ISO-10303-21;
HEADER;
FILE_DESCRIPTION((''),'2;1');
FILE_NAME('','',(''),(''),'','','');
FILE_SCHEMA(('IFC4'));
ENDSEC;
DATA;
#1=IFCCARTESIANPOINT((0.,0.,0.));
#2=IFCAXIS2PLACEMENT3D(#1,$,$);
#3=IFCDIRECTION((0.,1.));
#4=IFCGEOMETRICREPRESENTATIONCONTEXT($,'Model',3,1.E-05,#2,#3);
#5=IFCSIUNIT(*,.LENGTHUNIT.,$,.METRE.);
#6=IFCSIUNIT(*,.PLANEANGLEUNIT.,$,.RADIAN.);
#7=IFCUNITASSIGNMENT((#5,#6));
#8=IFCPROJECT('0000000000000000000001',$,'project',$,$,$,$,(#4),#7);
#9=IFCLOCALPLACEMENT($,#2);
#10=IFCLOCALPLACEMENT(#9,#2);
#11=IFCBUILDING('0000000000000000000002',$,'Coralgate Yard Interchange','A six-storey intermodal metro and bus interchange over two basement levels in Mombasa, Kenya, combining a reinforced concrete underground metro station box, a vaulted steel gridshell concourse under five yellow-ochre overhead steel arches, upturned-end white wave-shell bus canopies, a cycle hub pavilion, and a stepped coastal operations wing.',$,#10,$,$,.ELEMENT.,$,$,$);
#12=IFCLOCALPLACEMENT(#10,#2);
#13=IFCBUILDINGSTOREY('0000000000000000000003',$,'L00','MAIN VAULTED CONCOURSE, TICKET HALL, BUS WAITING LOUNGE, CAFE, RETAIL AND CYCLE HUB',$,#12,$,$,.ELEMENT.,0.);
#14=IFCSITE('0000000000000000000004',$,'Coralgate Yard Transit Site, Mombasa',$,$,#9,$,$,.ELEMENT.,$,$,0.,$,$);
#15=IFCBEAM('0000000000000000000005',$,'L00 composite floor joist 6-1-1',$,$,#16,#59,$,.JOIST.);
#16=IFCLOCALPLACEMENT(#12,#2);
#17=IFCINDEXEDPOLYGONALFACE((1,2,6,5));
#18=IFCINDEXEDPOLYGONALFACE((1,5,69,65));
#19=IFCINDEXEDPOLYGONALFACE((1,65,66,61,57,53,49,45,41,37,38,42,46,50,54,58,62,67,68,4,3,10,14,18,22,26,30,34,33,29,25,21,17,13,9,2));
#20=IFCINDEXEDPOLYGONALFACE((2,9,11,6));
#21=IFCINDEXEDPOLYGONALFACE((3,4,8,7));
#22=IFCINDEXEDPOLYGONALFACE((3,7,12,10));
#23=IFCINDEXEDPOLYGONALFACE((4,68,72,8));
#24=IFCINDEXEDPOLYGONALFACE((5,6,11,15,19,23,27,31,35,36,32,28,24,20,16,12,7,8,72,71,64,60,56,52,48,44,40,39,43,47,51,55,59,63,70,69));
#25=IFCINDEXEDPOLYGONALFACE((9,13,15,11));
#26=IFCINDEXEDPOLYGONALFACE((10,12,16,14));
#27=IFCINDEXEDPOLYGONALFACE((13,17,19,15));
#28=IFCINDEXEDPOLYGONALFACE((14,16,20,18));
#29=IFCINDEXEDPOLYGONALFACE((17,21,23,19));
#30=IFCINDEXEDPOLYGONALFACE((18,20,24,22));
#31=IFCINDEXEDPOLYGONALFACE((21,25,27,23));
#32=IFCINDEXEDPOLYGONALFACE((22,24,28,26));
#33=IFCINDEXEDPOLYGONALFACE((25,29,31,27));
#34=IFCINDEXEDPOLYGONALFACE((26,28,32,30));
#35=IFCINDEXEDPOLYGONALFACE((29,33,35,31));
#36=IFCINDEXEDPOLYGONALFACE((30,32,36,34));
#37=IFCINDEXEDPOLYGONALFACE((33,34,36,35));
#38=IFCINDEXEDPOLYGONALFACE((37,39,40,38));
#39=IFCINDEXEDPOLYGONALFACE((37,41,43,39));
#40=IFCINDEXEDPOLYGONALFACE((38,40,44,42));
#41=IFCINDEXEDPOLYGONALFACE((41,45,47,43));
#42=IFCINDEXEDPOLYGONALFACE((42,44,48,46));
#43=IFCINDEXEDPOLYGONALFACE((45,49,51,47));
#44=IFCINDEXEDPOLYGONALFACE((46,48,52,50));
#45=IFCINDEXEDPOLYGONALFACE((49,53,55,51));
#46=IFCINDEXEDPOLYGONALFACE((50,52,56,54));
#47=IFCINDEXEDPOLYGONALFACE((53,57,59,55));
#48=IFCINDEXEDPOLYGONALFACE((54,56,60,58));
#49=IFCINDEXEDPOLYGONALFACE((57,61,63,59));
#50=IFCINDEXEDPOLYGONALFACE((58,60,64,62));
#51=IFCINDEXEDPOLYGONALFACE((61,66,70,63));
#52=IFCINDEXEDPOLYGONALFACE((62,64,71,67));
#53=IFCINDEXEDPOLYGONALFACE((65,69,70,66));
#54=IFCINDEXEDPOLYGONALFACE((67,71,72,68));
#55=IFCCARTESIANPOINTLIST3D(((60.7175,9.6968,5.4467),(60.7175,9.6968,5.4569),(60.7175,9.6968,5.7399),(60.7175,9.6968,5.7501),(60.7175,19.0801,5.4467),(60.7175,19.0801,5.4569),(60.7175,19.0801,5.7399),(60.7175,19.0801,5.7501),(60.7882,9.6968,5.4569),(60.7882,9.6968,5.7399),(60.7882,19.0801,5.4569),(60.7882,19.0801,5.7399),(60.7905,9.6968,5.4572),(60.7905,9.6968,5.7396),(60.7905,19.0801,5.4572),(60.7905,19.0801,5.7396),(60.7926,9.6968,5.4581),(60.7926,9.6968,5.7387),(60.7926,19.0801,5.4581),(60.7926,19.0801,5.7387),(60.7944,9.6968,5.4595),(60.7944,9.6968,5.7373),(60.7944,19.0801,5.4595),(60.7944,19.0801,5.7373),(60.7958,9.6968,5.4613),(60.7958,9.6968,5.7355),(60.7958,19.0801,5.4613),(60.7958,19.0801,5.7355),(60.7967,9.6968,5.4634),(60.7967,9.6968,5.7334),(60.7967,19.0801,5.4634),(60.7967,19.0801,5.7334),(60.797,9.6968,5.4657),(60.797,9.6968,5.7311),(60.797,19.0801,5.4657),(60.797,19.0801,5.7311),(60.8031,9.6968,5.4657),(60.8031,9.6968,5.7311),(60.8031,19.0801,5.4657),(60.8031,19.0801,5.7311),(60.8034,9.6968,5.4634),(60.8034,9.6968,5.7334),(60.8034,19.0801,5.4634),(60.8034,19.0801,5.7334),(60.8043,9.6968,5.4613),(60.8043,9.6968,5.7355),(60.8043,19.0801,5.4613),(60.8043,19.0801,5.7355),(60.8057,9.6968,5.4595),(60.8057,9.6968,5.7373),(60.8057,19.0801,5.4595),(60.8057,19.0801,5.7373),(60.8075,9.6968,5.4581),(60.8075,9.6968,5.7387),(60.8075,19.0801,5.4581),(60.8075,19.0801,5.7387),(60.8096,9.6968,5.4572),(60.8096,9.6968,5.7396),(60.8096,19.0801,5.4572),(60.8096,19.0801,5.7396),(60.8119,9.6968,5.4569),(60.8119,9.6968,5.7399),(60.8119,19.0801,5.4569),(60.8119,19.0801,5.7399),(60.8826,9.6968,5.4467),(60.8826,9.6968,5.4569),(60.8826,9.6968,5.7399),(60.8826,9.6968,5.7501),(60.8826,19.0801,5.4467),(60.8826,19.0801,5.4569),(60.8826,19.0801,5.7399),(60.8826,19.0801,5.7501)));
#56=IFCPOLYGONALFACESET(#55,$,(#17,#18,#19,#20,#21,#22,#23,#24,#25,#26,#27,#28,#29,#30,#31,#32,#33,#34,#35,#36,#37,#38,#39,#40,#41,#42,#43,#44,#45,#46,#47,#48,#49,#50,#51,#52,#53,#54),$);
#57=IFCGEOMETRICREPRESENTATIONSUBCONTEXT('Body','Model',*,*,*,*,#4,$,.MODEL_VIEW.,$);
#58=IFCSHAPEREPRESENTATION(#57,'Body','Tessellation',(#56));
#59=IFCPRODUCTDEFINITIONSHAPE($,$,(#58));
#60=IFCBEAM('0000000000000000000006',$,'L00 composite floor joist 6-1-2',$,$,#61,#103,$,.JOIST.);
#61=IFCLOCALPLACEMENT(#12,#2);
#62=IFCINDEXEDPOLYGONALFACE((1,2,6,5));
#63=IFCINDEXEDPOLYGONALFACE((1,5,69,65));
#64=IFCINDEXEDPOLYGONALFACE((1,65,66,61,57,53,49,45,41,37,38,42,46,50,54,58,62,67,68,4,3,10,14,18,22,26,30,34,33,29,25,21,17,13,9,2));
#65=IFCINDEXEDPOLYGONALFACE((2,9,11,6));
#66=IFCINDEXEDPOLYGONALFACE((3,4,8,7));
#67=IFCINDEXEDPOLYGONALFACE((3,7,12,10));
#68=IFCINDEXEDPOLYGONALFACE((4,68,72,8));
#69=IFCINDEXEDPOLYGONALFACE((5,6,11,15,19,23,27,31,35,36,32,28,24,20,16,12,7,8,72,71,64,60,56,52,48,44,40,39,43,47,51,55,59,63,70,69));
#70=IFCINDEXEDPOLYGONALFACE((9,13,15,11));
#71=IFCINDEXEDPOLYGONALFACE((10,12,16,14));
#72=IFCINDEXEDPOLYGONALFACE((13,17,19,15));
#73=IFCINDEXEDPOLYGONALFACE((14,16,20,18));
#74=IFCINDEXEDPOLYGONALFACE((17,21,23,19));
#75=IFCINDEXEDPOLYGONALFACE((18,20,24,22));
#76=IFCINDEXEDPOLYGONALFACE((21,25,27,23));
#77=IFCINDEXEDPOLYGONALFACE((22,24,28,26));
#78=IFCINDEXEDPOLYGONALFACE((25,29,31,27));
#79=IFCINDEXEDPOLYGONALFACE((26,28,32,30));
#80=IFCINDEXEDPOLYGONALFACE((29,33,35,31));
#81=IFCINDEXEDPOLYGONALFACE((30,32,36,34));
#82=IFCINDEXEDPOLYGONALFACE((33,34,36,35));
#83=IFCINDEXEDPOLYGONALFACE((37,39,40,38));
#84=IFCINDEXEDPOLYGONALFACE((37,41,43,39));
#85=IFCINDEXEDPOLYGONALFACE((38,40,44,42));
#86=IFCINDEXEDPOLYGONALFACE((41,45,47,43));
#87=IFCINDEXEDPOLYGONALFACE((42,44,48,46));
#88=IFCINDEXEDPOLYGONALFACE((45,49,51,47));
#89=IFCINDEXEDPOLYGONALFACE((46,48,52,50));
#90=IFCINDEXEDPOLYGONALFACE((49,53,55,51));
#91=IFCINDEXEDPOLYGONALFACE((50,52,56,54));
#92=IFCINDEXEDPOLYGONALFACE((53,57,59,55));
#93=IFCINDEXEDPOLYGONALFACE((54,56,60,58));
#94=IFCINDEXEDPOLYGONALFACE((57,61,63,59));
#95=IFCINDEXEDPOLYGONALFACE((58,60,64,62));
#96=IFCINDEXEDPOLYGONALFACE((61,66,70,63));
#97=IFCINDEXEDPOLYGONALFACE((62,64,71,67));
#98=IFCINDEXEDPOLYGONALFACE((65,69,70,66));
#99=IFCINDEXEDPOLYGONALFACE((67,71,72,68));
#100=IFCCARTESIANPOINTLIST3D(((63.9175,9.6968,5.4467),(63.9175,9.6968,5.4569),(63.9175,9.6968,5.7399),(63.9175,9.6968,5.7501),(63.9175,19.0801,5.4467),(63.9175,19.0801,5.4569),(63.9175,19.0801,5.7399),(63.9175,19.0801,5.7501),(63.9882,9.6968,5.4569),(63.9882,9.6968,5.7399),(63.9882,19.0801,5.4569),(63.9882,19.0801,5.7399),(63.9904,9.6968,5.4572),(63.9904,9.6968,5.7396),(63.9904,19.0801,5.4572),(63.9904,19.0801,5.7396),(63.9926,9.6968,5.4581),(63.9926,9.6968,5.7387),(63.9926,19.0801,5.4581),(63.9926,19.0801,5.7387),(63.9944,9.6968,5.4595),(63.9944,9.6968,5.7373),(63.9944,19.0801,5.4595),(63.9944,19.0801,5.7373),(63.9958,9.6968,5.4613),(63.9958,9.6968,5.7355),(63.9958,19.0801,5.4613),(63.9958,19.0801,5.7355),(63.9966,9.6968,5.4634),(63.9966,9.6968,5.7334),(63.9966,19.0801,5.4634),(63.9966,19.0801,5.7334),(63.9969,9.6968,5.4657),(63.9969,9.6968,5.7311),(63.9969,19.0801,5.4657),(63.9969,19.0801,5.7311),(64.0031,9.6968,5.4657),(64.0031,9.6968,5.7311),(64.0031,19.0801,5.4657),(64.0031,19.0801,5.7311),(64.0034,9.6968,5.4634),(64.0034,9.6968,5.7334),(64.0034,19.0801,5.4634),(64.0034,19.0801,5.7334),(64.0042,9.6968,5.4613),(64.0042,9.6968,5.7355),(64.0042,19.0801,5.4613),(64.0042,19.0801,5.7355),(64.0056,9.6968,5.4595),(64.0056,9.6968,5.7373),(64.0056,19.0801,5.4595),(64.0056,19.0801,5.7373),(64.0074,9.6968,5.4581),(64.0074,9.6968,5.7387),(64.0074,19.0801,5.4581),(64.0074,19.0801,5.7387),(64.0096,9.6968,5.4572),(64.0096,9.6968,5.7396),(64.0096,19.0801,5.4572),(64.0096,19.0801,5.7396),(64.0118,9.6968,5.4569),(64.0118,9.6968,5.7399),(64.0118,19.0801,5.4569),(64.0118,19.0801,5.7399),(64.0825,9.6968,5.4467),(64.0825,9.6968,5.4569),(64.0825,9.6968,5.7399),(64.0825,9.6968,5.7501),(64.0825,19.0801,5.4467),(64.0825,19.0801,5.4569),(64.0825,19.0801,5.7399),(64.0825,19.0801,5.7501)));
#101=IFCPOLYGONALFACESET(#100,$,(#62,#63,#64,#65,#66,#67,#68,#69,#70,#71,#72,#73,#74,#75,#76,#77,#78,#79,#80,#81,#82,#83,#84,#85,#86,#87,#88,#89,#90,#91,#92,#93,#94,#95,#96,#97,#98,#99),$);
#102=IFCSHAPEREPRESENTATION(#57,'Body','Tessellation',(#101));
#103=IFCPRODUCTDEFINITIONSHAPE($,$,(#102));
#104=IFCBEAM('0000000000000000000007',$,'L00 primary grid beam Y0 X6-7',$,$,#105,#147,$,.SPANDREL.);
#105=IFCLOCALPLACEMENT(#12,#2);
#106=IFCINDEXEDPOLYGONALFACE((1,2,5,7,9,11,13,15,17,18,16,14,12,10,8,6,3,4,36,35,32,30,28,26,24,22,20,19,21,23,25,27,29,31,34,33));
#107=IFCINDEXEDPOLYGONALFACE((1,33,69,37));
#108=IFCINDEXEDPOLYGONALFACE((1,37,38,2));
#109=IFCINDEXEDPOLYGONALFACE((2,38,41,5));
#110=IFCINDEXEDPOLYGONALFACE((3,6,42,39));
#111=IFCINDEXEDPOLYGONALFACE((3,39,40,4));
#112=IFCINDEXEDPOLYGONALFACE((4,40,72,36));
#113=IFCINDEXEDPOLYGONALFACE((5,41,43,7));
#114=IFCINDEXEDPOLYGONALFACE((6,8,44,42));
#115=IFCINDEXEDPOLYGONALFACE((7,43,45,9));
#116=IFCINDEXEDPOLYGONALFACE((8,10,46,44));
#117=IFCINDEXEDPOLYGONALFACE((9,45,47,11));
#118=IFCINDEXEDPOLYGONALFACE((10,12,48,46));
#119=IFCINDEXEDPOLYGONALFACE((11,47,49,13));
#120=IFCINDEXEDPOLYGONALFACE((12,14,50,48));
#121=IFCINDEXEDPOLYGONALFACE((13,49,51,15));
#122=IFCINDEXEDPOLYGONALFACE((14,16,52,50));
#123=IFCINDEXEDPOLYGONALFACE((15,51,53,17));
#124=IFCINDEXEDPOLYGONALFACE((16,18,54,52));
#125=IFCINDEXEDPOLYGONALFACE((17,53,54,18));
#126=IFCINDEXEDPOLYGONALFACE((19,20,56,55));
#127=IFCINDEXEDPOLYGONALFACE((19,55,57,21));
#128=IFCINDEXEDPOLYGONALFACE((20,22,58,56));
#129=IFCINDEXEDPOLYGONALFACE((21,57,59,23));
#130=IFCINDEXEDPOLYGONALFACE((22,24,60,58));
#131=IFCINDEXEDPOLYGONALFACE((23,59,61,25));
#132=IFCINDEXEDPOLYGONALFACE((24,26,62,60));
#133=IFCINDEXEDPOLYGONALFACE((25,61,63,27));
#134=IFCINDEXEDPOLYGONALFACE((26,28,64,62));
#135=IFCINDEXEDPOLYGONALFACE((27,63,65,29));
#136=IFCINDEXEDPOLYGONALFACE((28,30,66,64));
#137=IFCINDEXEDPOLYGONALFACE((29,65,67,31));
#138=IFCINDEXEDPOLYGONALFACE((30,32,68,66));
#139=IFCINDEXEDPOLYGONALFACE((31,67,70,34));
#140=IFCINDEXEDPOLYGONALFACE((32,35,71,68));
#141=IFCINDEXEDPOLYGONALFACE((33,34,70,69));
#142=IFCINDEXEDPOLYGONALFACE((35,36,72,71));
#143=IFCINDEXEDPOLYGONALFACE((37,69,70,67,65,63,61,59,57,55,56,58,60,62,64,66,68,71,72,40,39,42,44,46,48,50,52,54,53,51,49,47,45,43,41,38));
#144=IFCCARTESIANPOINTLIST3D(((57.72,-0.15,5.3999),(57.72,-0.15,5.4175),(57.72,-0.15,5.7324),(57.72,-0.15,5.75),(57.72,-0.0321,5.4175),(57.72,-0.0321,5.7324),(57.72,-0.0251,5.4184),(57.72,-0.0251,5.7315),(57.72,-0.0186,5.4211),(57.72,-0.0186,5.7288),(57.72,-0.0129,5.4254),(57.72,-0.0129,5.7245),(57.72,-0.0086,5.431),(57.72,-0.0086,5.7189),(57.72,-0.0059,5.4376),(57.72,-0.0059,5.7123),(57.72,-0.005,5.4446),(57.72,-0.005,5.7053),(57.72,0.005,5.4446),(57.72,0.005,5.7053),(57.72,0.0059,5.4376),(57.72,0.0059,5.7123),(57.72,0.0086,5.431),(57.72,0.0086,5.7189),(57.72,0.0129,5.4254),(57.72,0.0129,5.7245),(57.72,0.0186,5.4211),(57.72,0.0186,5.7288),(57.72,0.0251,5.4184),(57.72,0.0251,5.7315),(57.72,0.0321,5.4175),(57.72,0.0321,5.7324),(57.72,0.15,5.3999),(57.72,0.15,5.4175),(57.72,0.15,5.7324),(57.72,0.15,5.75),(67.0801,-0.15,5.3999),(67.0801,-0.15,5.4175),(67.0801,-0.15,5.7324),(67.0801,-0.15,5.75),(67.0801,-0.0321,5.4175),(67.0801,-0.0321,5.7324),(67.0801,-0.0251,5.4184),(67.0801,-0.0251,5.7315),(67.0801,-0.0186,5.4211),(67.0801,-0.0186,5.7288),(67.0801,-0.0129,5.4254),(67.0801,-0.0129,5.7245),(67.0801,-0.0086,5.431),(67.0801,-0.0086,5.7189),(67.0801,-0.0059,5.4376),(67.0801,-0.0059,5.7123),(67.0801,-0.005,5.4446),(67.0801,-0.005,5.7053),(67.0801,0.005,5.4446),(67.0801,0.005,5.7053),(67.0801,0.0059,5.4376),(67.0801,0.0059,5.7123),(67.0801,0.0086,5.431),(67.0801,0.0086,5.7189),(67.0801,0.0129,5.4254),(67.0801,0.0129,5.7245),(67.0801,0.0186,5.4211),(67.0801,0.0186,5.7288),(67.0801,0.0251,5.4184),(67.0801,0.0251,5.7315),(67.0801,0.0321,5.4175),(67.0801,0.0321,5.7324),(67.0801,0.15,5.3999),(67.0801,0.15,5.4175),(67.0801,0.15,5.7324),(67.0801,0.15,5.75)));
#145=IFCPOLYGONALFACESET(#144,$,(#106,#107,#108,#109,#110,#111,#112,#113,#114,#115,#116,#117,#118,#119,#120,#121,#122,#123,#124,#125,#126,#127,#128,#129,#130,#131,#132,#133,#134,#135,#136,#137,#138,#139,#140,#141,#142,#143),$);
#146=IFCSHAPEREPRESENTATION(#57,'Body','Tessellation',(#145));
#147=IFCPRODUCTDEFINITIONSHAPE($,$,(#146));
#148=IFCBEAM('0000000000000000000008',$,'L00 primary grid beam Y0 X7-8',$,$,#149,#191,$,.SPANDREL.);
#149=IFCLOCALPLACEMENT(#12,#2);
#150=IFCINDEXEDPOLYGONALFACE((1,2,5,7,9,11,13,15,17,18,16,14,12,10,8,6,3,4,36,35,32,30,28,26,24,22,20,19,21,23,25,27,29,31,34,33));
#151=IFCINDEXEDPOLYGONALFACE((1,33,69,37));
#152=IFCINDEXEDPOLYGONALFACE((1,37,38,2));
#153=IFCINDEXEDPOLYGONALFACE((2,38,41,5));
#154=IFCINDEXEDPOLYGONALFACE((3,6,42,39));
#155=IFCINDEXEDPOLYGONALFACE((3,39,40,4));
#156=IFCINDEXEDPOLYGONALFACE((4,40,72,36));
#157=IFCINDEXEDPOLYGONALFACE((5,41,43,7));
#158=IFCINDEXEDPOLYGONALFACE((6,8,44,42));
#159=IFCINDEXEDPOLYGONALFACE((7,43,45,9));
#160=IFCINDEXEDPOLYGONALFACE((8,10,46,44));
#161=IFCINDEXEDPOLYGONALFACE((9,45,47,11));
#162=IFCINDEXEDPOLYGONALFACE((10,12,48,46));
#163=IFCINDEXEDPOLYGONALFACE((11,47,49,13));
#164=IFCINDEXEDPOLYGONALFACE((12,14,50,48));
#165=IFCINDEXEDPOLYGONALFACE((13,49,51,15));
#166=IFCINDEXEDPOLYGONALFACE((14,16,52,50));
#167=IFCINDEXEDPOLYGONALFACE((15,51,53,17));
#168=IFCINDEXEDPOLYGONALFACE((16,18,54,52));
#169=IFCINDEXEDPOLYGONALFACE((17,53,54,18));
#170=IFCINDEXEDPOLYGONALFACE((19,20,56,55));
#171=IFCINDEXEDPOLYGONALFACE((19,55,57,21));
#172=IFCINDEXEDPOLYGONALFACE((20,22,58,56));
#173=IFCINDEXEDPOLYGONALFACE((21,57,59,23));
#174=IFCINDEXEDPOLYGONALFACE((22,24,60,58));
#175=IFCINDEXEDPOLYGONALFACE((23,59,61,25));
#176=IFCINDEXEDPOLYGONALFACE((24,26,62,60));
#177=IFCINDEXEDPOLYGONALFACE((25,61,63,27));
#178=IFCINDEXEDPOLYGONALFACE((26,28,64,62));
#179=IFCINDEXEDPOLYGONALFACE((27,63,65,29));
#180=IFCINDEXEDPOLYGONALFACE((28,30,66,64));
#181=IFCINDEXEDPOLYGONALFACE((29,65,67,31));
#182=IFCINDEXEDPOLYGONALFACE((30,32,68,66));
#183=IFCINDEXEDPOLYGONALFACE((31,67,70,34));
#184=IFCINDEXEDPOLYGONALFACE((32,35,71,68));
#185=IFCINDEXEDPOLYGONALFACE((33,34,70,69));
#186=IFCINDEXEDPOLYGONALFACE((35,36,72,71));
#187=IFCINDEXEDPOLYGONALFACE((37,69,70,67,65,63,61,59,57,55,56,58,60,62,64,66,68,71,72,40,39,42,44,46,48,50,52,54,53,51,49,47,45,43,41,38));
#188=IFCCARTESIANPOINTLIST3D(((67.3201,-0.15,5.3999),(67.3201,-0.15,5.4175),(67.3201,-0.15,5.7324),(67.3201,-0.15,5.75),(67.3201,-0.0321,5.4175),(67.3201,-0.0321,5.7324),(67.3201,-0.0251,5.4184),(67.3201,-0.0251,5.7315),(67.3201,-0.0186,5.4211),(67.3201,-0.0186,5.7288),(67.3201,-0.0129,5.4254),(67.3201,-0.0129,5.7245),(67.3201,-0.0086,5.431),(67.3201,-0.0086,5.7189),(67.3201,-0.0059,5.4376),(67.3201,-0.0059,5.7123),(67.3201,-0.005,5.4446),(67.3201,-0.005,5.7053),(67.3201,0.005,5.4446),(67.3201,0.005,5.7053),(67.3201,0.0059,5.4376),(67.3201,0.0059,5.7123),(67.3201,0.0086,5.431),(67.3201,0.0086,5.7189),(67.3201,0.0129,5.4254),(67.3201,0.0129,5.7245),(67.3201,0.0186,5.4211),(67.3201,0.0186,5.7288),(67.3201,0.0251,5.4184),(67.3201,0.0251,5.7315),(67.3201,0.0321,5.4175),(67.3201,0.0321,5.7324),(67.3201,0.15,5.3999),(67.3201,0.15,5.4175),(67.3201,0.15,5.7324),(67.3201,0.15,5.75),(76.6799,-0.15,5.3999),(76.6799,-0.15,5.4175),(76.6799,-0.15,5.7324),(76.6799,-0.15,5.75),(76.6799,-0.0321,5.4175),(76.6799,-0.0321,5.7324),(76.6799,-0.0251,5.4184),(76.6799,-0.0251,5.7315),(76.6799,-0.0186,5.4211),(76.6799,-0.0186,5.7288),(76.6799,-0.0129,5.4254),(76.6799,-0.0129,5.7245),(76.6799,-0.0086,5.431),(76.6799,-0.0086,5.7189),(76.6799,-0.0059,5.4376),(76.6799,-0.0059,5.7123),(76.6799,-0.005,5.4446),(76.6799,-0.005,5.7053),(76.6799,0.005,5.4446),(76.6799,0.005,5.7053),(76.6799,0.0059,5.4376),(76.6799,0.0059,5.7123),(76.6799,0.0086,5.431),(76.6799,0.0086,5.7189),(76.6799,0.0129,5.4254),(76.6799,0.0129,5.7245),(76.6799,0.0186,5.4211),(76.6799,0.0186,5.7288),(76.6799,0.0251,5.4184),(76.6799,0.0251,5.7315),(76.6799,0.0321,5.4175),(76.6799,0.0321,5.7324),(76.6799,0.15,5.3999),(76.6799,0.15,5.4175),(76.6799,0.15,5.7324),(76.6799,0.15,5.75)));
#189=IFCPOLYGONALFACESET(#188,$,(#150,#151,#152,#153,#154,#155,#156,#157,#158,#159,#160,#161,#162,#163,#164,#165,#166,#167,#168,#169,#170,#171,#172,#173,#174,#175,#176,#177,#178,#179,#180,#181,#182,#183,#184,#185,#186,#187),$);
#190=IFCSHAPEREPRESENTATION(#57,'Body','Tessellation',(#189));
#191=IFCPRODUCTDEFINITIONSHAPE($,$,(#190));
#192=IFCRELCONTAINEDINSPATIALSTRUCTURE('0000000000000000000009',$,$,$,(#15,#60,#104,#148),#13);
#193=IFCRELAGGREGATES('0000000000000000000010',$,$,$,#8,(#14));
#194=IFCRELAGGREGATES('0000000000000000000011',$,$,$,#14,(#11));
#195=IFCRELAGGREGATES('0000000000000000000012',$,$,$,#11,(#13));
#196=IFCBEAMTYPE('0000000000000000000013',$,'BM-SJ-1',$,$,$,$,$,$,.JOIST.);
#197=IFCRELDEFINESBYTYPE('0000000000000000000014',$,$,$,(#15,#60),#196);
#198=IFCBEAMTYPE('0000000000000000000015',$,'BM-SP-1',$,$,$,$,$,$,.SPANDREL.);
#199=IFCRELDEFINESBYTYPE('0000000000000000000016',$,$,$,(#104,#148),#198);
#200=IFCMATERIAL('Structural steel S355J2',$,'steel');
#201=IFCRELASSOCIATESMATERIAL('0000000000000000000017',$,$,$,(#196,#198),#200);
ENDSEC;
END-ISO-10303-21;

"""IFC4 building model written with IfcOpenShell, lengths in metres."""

from ifc_helpers import new_model, si_unit, direction, frame, origin, origin_2d, place, context, subcontext, project, spatial, i_section, extrude, material, material_profile, profile_set, type_object, element, save


model = new_model("IFC4")

# Units and contexts
model_context = context("Model", 3, precision=1e-05, world=origin(), true_north=direction((0.0, 1.0)))
body_context = subcontext(model_context, "Body", "Model", "MODEL_VIEW")
ifc_project = project(units=[si_unit("LENGTHUNIT", "METRE"), si_unit("PLANEANGLEUNIT", "RADIAN")], contexts=[model_context])

# Site, building, storey
site_placement = place(None, origin())
site = spatial("IfcSite", under=ifc_project, at=site_placement, Name="Coralgate Yard Transit Site, Mombasa", CompositionType="ELEMENT", RefElevation=0.0)
building_placement = place(site_placement, origin())
building = spatial("IfcBuilding", under=site, at=building_placement, Name="Coralgate Yard Interchange", Description="A six-storey intermodal metro and bus interchange over two basement levels in Mombasa, Kenya, combining a reinforced concrete underground metro station box, a vaulted steel gridshell concourse under five yellow-ochre overhead steel arches, upturned-end white wave-shell bus canopies, a cycle hub pavilion, and a stepped coastal operations wing.", CompositionType="ELEMENT")
storey_placement = place(building_placement, origin())
storey = spatial("IfcBuildingStorey", under=building, at=storey_placement, Name="L00", Description="MAIN VAULTED CONCOURSE, TICKET HALL, BUS WAITING LOUNGE, CAFE, RETAIL AND CYCLE HUB", CompositionType="ELEMENT", Elevation=0.0)

# Shared definitions
ifc_material_1 = material(Name="Structural steel S355J2", Category="steel")

# Beams
ifc_material_profile_1 = material_profile(ifc_material_1, i_section(OverallWidth=0.165, OverallDepth=0.3035, WebThickness=0.0061, FlangeThickness=0.0103, FilletRadius=0.0088, at=origin_2d()), Name="UB 305x165x40")
ifc_profile_set_1 = profile_set([ifc_material_profile_1], Name="Structural steel S355J2")
beam_type_1 = type_object("IfcBeamType", Name="BM-SJ-1", PredefinedType="JOIST", material=ifc_profile_set_1)
for number, where, z_axis, x_axis, name in (
    (1, (60.8, 9.6968, 5.5984), (0.0, 1.0, 0.0), (-1.0, 0.0, 0.0), "L00 composite floor joist 6-1-1"),
    (2, (64.0, 9.6968, 5.5984), (0.0, 1.0, 0.0), (-1.0, 0.0, 0.0), "L00 composite floor joist 6-1-2"),
):
    element("IfcBeam", number, at=place(storey_placement, frame(where, z_axis=z_axis, x_axis=x_axis)), inside=storey, type_object=beam_type_1, Name=name, PredefinedType="JOIST", context=body_context, shape_type="SweptSolid", body=[
        extrude(i_section(OverallWidth=0.165, OverallDepth=0.3035, WebThickness=0.0061, FlangeThickness=0.0103, FilletRadius=0.0088, at=origin_2d()), origin(), (0.0, 0.0, 1.0), 9.3833),
    ])
ifc_material_profile_2 = material_profile(ifc_material_1, i_section(OverallWidth=0.3, OverallDepth=0.3501, WebThickness=0.01, FlangeThickness=0.0176, FilletRadius=0.0271, at=origin_2d()), Name="HEA 360")
ifc_profile_set_2 = profile_set([ifc_material_profile_2], Name="Structural steel S355J2")
beam_type_2 = type_object("IfcBeamType", Name="BM-SP-1", PredefinedType="SPANDREL", material=ifc_profile_set_2)
beam_1_placement = place(storey_placement, frame((57.72, 0.0, 5.575), z_axis=(1.0, 0.0, 0.0), x_axis=(0.0, 1.0, 0.0)))
element("IfcBeam", 3, at=beam_1_placement, inside=storey, type_object=beam_type_2, Name="L00 primary grid beam Y0 X6-7", PredefinedType="SPANDREL", context=body_context, shape_type="SweptSolid", body=[
    extrude(i_section(OverallWidth=0.3, OverallDepth=0.3501, WebThickness=0.01, FlangeThickness=0.0176, FilletRadius=0.0271, at=origin_2d()), origin(), (0.0, 0.0, 1.0), 9.3601),
])
beam_2_placement = place(storey_placement, frame((67.3201, 0.0, 5.575), z_axis=(1.0, 0.0, 0.0), x_axis=(0.0, 1.0, 0.0)))
element("IfcBeam", 4, at=beam_2_placement, inside=storey, type_object=beam_type_2, Name="L00 primary grid beam Y0 X7-8", PredefinedType="SPANDREL", context=body_context, shape_type="SweptSolid", body=[
    extrude(i_section(OverallWidth=0.3, OverallDepth=0.3501, WebThickness=0.01, FlangeThickness=0.0176, FilletRadius=0.0271, at=origin_2d()), origin(), (0.0, 0.0, 1.0), 9.3599),
])

save(model, "model.ifc")
